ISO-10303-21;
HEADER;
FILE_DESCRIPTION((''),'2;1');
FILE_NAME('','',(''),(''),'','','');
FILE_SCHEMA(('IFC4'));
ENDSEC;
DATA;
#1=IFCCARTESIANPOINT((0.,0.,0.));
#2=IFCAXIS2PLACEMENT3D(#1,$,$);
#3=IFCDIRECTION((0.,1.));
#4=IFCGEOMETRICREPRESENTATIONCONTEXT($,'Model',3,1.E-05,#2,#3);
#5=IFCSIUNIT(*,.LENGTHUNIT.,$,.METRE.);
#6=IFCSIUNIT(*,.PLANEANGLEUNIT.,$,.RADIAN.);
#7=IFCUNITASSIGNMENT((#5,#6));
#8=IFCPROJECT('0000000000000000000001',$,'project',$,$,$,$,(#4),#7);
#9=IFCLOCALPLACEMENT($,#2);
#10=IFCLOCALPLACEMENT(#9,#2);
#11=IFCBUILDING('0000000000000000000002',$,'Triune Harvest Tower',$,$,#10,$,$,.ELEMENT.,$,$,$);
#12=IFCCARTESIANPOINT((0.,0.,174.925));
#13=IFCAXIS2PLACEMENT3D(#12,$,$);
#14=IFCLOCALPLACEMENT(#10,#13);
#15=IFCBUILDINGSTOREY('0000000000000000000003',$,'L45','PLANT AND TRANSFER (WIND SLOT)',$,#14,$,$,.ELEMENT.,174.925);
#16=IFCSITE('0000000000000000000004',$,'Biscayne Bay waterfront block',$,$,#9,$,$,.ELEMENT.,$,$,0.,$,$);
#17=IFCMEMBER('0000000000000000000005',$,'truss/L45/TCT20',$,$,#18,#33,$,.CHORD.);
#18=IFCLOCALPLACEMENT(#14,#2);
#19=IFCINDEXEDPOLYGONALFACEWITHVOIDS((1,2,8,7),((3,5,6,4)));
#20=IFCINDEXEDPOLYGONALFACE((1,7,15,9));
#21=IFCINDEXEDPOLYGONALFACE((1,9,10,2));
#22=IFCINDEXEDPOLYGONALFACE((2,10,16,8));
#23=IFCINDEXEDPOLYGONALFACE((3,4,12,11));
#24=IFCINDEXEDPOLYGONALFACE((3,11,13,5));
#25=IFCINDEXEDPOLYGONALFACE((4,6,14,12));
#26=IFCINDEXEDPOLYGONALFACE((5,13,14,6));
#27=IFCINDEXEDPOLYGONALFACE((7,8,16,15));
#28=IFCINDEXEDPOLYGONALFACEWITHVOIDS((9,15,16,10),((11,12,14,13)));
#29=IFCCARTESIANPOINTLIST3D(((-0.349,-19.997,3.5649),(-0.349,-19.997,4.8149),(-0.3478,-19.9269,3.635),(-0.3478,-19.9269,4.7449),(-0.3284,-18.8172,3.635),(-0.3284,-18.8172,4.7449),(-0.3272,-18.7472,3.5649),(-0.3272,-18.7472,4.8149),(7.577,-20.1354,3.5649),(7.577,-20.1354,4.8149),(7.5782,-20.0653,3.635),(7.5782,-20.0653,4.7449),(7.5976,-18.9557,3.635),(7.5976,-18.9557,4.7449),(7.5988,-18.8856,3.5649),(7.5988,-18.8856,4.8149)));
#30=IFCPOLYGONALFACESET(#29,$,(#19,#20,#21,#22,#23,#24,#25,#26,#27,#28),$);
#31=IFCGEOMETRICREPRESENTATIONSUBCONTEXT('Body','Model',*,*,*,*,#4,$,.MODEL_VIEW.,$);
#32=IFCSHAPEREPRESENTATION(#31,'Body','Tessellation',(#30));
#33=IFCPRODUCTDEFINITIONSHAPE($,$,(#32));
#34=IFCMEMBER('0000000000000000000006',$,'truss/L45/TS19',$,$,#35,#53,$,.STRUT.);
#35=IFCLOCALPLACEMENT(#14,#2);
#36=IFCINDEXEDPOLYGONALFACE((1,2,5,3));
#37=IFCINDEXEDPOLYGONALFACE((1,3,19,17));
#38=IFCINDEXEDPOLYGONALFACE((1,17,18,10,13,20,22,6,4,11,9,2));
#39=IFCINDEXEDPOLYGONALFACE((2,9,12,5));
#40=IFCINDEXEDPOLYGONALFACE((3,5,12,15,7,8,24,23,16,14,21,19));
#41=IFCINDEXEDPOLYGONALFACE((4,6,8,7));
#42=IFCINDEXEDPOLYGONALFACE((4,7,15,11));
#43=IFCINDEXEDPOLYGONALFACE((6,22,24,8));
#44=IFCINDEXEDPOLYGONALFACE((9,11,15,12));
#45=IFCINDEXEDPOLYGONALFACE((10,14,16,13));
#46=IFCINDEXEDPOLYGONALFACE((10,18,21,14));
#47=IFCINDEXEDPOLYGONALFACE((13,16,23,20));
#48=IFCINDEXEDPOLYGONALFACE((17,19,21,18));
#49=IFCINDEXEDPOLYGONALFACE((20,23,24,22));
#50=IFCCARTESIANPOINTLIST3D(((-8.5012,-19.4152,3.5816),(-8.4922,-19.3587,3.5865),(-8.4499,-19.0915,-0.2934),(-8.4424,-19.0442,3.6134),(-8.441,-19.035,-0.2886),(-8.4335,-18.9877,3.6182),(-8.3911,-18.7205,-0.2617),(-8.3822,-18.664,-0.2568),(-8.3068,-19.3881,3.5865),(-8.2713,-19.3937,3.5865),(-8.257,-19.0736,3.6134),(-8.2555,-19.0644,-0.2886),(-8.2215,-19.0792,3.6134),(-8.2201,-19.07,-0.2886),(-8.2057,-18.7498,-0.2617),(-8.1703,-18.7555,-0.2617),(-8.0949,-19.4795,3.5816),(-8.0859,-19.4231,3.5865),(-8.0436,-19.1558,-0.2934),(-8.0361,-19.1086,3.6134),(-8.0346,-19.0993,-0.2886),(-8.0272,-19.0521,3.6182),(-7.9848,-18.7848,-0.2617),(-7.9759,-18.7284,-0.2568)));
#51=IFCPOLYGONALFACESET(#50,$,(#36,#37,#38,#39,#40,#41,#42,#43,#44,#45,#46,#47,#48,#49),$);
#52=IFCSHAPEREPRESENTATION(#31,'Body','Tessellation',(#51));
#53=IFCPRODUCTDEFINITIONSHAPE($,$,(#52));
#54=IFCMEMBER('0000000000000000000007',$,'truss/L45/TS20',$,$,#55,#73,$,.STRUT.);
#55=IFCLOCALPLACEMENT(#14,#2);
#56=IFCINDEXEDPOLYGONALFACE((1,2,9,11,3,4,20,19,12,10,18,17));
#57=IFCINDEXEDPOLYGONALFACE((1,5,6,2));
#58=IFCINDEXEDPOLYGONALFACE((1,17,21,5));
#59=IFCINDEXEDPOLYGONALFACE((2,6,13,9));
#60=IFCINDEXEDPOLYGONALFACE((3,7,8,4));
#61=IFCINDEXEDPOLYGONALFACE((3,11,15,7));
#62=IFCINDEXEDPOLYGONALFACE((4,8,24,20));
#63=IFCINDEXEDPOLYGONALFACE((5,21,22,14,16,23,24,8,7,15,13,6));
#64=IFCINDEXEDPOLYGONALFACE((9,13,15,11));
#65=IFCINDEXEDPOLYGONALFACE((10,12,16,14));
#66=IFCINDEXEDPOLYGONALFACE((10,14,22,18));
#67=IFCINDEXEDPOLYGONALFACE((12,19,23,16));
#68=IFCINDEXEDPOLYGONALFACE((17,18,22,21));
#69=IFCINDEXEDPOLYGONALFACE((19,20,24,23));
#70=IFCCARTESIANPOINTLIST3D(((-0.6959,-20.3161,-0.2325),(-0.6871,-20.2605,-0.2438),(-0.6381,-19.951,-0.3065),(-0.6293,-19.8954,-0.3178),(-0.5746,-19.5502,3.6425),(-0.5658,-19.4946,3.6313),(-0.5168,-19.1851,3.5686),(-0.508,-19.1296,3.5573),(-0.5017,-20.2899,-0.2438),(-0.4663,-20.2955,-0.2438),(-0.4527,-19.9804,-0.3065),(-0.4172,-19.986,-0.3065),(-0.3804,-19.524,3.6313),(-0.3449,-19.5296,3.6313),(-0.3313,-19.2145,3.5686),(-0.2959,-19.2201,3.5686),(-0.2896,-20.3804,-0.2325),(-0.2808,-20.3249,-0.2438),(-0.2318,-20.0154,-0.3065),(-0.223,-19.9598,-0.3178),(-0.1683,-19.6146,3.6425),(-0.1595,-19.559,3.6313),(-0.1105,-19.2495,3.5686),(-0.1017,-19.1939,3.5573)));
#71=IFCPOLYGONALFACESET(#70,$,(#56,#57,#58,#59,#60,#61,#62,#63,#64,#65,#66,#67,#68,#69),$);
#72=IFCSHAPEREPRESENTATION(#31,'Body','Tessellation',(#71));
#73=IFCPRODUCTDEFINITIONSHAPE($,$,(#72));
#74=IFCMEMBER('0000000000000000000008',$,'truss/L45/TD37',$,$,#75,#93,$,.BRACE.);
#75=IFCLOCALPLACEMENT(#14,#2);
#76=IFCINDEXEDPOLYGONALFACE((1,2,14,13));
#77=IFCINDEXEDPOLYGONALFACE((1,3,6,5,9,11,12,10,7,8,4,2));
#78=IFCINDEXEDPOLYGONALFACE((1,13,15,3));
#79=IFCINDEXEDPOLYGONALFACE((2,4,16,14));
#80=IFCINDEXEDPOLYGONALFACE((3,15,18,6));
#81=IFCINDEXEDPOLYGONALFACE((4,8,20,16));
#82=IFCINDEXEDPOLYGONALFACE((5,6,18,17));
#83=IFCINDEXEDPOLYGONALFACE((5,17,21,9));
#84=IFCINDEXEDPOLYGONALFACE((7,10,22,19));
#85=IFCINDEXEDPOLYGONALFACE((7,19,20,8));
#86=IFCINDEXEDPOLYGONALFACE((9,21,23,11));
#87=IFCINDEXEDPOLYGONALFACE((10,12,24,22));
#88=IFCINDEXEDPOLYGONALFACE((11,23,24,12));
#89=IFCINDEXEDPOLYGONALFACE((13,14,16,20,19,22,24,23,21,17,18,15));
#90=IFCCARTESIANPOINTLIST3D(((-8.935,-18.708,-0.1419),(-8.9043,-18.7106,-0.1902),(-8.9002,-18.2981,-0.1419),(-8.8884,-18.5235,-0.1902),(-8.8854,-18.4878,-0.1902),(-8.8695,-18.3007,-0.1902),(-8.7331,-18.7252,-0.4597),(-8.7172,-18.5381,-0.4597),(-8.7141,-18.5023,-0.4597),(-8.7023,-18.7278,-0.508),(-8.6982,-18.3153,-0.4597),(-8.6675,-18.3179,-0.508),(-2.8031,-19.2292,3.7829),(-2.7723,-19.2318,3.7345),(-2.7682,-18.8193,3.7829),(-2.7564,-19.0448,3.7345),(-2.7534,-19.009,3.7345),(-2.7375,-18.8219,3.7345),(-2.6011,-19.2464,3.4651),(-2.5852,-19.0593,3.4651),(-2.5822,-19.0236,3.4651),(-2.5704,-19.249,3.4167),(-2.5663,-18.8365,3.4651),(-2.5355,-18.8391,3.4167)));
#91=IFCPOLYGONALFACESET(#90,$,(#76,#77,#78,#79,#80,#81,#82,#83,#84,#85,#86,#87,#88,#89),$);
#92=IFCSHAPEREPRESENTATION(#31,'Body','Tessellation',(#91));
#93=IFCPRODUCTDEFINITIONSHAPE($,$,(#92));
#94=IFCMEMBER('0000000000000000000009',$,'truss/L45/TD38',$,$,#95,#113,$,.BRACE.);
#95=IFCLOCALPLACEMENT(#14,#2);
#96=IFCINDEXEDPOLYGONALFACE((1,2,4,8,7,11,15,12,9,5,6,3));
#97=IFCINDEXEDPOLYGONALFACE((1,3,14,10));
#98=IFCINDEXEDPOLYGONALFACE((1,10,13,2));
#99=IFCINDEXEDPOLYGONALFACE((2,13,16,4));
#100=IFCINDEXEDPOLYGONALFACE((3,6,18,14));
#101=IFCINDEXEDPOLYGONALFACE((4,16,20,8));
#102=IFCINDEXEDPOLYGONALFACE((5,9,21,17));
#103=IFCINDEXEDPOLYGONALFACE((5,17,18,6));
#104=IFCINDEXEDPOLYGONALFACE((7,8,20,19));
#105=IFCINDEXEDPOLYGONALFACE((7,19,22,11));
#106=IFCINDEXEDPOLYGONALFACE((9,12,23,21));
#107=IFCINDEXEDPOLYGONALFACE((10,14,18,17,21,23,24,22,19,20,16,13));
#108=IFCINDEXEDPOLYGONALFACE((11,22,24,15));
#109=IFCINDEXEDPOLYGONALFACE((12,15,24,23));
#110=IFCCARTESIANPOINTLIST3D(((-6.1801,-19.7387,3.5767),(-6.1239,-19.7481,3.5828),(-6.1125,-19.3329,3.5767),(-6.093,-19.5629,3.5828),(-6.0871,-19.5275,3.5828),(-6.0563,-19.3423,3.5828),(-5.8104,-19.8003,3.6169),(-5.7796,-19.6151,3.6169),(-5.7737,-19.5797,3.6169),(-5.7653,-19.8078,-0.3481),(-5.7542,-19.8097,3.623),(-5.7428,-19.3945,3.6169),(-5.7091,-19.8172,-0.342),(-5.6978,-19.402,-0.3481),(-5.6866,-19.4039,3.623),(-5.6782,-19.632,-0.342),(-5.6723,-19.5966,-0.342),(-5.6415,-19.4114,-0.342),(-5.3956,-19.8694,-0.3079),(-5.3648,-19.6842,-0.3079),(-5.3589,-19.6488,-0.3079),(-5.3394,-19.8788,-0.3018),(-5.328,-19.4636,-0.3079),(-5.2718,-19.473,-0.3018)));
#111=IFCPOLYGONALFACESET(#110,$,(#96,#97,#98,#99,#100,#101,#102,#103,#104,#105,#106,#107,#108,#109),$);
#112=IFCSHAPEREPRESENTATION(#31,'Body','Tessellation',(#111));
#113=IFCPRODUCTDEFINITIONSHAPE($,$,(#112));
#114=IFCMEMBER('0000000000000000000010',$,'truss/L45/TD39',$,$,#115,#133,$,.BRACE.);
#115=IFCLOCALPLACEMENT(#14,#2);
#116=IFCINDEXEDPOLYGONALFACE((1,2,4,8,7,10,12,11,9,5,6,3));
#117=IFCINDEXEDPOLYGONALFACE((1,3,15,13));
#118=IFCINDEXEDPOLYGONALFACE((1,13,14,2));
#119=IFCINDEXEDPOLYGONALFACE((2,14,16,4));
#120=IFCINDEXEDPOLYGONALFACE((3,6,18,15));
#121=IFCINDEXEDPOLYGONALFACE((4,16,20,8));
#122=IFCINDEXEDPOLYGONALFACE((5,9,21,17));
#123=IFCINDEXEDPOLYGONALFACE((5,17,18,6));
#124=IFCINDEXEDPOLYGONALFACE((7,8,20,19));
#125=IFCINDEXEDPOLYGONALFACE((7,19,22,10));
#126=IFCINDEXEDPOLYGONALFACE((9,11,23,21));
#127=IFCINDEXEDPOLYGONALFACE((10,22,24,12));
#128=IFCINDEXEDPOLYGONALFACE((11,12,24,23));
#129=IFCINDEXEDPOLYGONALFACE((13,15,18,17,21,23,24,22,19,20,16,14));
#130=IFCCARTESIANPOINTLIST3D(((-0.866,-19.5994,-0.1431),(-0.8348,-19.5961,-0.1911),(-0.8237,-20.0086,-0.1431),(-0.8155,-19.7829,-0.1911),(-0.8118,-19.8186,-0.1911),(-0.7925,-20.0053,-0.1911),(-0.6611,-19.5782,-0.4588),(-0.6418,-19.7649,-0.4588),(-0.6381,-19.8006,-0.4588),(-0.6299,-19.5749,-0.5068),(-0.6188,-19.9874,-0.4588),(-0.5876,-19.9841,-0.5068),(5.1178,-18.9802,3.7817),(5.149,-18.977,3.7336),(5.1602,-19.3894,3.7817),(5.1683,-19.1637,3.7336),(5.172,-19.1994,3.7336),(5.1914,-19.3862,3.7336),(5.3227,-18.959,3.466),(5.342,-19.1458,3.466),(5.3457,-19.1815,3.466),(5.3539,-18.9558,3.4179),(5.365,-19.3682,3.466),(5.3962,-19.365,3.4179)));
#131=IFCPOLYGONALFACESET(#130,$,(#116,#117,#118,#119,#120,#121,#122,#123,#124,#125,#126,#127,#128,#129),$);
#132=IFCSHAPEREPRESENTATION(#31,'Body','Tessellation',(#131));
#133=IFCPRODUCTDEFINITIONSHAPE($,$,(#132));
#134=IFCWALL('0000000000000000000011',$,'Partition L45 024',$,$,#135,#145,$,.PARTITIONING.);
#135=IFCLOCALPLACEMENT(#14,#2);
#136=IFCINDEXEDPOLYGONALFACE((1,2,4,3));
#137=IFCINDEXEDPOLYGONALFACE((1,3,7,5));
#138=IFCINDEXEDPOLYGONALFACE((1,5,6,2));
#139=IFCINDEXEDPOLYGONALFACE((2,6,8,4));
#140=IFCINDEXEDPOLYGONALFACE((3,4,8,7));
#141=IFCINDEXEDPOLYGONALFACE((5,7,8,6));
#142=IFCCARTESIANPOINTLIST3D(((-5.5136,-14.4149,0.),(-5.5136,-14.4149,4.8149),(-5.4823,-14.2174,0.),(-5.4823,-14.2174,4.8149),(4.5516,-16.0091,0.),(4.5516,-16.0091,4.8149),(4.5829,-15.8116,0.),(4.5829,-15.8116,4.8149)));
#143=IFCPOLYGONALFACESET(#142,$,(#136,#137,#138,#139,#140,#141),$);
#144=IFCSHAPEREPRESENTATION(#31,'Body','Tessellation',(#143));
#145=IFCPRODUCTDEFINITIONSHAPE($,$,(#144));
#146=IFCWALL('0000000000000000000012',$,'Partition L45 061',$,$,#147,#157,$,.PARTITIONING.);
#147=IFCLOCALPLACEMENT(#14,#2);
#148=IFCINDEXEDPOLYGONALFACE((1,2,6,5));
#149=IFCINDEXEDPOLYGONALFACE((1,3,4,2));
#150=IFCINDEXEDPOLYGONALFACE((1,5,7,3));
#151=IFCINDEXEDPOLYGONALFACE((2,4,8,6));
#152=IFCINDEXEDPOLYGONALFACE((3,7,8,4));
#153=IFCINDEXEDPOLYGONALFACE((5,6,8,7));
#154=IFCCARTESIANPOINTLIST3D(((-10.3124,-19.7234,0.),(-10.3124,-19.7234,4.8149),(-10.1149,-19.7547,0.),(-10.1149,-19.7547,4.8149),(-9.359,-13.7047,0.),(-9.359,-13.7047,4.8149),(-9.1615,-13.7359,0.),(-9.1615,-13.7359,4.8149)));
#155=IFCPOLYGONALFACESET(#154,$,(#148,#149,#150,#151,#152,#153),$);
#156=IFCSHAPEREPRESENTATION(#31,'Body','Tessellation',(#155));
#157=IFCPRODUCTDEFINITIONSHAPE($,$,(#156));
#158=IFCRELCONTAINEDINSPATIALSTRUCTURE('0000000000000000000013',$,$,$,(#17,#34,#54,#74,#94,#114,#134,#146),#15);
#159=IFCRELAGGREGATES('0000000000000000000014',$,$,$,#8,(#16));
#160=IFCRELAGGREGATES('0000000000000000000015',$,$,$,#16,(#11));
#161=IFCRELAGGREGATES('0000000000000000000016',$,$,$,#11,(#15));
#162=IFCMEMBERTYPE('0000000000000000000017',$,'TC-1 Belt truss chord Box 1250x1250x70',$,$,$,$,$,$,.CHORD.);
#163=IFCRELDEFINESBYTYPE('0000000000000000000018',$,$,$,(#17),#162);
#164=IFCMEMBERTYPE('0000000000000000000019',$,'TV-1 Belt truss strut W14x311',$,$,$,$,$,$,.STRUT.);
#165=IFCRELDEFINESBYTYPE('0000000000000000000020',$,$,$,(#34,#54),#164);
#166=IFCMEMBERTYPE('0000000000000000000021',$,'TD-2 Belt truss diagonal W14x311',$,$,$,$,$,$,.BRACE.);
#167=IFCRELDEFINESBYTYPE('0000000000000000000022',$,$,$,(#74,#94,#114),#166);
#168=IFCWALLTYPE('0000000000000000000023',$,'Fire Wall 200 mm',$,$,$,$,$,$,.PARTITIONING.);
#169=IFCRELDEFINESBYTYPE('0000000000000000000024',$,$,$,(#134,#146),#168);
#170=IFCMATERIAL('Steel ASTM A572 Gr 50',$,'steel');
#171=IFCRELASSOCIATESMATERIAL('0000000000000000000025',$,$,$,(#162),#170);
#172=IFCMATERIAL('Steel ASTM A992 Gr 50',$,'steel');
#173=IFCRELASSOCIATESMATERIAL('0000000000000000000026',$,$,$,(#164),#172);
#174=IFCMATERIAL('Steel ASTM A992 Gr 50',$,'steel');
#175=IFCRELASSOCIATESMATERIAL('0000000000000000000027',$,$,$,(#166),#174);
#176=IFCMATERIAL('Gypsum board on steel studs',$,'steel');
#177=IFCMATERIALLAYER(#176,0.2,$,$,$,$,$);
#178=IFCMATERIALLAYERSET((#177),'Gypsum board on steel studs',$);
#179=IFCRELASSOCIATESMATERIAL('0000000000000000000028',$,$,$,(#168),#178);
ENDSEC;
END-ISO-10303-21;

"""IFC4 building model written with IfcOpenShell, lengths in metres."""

from ifc_helpers import new_model, si_unit, direction, frame, frame_2d, origin, origin_2d, place, context, subcontext, project, spatial, rectangle, hollow_rectangle, i_section, extrude, source, transform, mapped, material, layer, layer_set, material_profile, profile_set, type_object, element, save


model = new_model("IFC4")

# Units and contexts
model_context = context("Model", 3, precision=1e-05, world=origin(), true_north=direction((0.0, 1.0)))
body_context = subcontext(model_context, "Body", "Model", "MODEL_VIEW")
ifc_project = project(units=[si_unit("LENGTHUNIT", "METRE"), si_unit("PLANEANGLEUNIT", "RADIAN")], contexts=[model_context])

# Site, building, storey
site_placement = place(None, origin())
site = spatial("IfcSite", under=ifc_project, at=site_placement, Name="Biscayne Bay waterfront block", CompositionType="ELEMENT", RefElevation=0.0)
building_placement = place(site_placement, origin())
building = spatial("IfcBuilding", under=site, at=building_placement, Name="Triune Harvest Tower", CompositionType="ELEMENT")
storey_placement = place(building_placement, frame((0.0, 0.0, 174.925)))
storey = spatial("IfcBuildingStorey", under=building, at=storey_placement, Name="L45", Description="PLANT AND TRANSFER (WIND SLOT)", CompositionType="ELEMENT", Elevation=174.925)

# Members
ifc_material_1 = material(Name="Steel ASTM A572 Gr 50", Category="steel")
ifc_material_profile_1 = material_profile(ifc_material_1, hollow_rectangle(XDim=1.25, YDim=1.25, WallThickness=0.0701, at=origin_2d()), Name="Box 1250x1250x70")
ifc_profile_set_1 = profile_set([ifc_material_profile_1], Name="Steel ASTM A572 Gr 50")
member_type_1 = type_object("IfcMemberType", Name="TC-1 Belt truss chord Box 1250x1250x70", PredefinedType="CHORD", material=ifc_profile_set_1)
shared_shape_1 = source(origin(), body_context, "Body", "SweptSolid", [
    extrude(hollow_rectangle(XDim=1.25, YDim=1.25, WallThickness=0.0701, at=origin_2d()), origin(), (0.0, 0.0, 1.0), 7.9272),
])
for number, where, z_axis, x_axis, name in (
    (1, (-0.3381, -19.3721, 4.1899), (0.999848, -0.017462, 0.0), (0.017462, 0.999848, 0.0), "truss/L45/TCT20"),
):
    element("IfcMember", number, at=place(storey_placement, frame(where, z_axis=z_axis, x_axis=x_axis)), inside=storey, type_object=member_type_1, Name=name, PredefinedType="CHORD", context=body_context, shape_type="MappedRepresentation", body=[
        mapped(shared_shape_1, transform((0.0, 0.0, 0.0), scale=1.0)),
    ])
ifc_material_2 = material(Name="Steel ASTM A992 Gr 50", Category="steel")
ifc_material_profile_2 = material_profile(ifc_material_2, i_section(OverallWidth=0.4114, OverallDepth=0.4343, WebThickness=0.0359, FlangeThickness=0.0574, at=origin_2d()), Name="W14x311")
ifc_profile_set_2 = profile_set([ifc_material_profile_2], Name="Steel ASTM A992 Gr 50")
member_type_2 = type_object("IfcMemberType", Name="TV-1 Belt truss strut W14x311", PredefinedType="STRUT", material=ifc_profile_set_2)
shared_shape_2 = source(origin(), body_context, "Body", "SweptSolid", [
    extrude(i_section(OverallWidth=0.4114, OverallDepth=0.4343, WebThickness=0.0359, FlangeThickness=0.0574, at=origin_2d()), origin(), (0.0, 0.0, 1.0), 3.8889),
])
member_1_placement = place(storey_placement, frame((-8.2129, -18.9099, -0.2751), z_axis=(-0.013184, -0.083246, 0.996442), x_axis=(0.98769, -0.156422, 0.0)))
element("IfcMember", 2, at=member_1_placement, inside=storey, type_object=member_type_2, Name="truss/L45/TS19", PredefinedType="STRUT", context=body_context, shape_type="MappedRepresentation", body=[
    mapped(shared_shape_2, transform((0.0, 0.0, 0.0), scale=1.0)),
])
shared_shape_3 = source(origin(), body_context, "Body", "SweptSolid", [
    extrude(i_section(OverallWidth=0.4114, OverallDepth=0.4343, WebThickness=0.0359, FlangeThickness=0.0574, at=origin_2d()), origin(), (0.0, 0.0, 1.0), 3.9519),
])
member_2_placement = place(storey_placement, frame((-0.4595, -20.1379, -0.2751), z_axis=(0.030704, 0.193801, 0.98056), x_axis=(-0.987681, 0.15648, 0.0)))
element("IfcMember", 3, at=member_2_placement, inside=storey, type_object=member_type_2, Name="truss/L45/TS20", PredefinedType="STRUT", context=body_context, shape_type="MappedRepresentation", body=[
    mapped(shared_shape_3, transform((0.0, 0.0, 0.0), scale=1.0)),
])
ifc_material_3 = material(Name="Steel ASTM A992 Gr 50", Category="steel")
ifc_material_profile_3 = material_profile(ifc_material_3, i_section(OverallWidth=0.4114, OverallDepth=0.4343, WebThickness=0.0359, FlangeThickness=0.0574, at=origin_2d()), Name="W14x311")
ifc_profile_set_3 = profile_set([ifc_material_profile_3], Name="Steel ASTM A992 Gr 50")
member_type_3 = type_object("IfcMemberType", Name="TD-2 Belt truss diagonal W14x311", PredefinedType="BRACE", material=ifc_profile_set_3)
shared_shape_4 = source(origin(), body_context, "Body", "SweptSolid", [
    extrude(i_section(OverallWidth=0.4114, OverallDepth=0.4343, WebThickness=0.0359, FlangeThickness=0.0574, at=origin_2d()), origin(), (0.0, 0.0, 1.0), 7.2991),
])
member_3_placement = place(storey_placement, frame((-8.8013, -18.5129, -0.325), z_axis=(0.840104, -0.071411, 0.537704), x_axis=(0.084697, 0.996407, 0.0)))
element("IfcMember", 4, at=member_3_placement, inside=storey, type_object=member_type_3, Name="truss/L45/TD37", PredefinedType="BRACE", context=body_context, shape_type="MappedRepresentation", body=[
    mapped(shared_shape_4, transform((0.0, 0.0, 0.0), scale=1.0)),
])
shared_shape_5 = source(origin(), body_context, "Body", "SweptSolid", [
    extrude(i_section(OverallWidth=0.4114, OverallDepth=0.4343, WebThickness=0.0359, FlangeThickness=0.0574, at=origin_2d()), origin(), (0.0, 0.0, 1.0), 3.9473),
])
member_4_placement = place(storey_placement, frame((-5.5186, -19.6404, -0.325), z_axis=(-0.105084, 0.017504, 0.994309), x_axis=(-0.164305, -0.98641, 0.0)))
element("IfcMember", 5, at=member_4_placement, inside=storey, type_object=member_type_3, Name="truss/L45/TD38", PredefinedType="BRACE", context=body_context, shape_type="MappedRepresentation", body=[
    mapped(shared_shape_5, transform((0.0, 0.0, 0.0), scale=1.0)),
])
shared_shape_6 = source(origin(), body_context, "Body", "SweptSolid", [
    extrude(i_section(OverallWidth=0.4114, OverallDepth=0.4343, WebThickness=0.0359, FlangeThickness=0.0574, at=origin_2d()), origin(), (0.0, 0.0, 1.0), 7.1829),
])
member_5_placement = place(storey_placement, frame((-0.7268, -19.7917, -0.325), z_axis=(0.833072, 0.086196, 0.546408), x_axis=(-0.102919, 0.99469, 0.0)))
element("IfcMember", 6, at=member_5_placement, inside=storey, type_object=member_type_3, Name="truss/L45/TD39", PredefinedType="BRACE", context=body_context, shape_type="MappedRepresentation", body=[
    mapped(shared_shape_6, transform((0.0, 0.0, 0.0), scale=1.0)),
])

# Walls
ifc_material_4 = material(Name="Gypsum board on steel studs", Category="steel")
ifc_layer = layer(ifc_material_4, 0.2)
ifc_layer_set = layer_set([ifc_layer], Name="Gypsum board on steel studs")
wall_type = type_object("IfcWallType", Name="Fire Wall 200 mm", PredefinedType="PARTITIONING", material=ifc_layer_set)
wall_1_placement = place(storey_placement, frame((-5.4978, -14.3162, 0.0), z_axis=(0.0, 0.0, 1.0), x_axis=(0.987687, -0.156441, 0.0)))
element("IfcWall", 7, at=wall_1_placement, inside=storey, type_object=wall_type, Name="Partition L45 024", PredefinedType="PARTITIONING", context=body_context, shape_type="SweptSolid", body=[
    extrude(rectangle(XDim=10.1907, YDim=0.2, at=frame_2d((5.0952, 0.0))), origin(), (0.0, 0.0, 1.0), 4.8149),
])
shared_shape_7 = source(origin(), body_context, "Body", "SweptSolid", [
    extrude(rectangle(XDim=6.0938, YDim=0.2, at=frame_2d((3.0469, 0.0))), origin(), (0.0, 0.0, 1.0), 4.8149),
])
wall_2_placement = place(storey_placement, frame((-10.2136, -19.739, 0.0), z_axis=(0.0, 0.0, 1.0), x_axis=(0.156448, 0.987686, 0.0)))
element("IfcWall", 8, at=wall_2_placement, inside=storey, type_object=wall_type, Name="Partition L45 061", PredefinedType="PARTITIONING", context=body_context, shape_type="MappedRepresentation", body=[
    mapped(shared_shape_7, transform((0.0, 0.0, 0.0), scale=1.0)),
])

save(model, "model.ifc")
